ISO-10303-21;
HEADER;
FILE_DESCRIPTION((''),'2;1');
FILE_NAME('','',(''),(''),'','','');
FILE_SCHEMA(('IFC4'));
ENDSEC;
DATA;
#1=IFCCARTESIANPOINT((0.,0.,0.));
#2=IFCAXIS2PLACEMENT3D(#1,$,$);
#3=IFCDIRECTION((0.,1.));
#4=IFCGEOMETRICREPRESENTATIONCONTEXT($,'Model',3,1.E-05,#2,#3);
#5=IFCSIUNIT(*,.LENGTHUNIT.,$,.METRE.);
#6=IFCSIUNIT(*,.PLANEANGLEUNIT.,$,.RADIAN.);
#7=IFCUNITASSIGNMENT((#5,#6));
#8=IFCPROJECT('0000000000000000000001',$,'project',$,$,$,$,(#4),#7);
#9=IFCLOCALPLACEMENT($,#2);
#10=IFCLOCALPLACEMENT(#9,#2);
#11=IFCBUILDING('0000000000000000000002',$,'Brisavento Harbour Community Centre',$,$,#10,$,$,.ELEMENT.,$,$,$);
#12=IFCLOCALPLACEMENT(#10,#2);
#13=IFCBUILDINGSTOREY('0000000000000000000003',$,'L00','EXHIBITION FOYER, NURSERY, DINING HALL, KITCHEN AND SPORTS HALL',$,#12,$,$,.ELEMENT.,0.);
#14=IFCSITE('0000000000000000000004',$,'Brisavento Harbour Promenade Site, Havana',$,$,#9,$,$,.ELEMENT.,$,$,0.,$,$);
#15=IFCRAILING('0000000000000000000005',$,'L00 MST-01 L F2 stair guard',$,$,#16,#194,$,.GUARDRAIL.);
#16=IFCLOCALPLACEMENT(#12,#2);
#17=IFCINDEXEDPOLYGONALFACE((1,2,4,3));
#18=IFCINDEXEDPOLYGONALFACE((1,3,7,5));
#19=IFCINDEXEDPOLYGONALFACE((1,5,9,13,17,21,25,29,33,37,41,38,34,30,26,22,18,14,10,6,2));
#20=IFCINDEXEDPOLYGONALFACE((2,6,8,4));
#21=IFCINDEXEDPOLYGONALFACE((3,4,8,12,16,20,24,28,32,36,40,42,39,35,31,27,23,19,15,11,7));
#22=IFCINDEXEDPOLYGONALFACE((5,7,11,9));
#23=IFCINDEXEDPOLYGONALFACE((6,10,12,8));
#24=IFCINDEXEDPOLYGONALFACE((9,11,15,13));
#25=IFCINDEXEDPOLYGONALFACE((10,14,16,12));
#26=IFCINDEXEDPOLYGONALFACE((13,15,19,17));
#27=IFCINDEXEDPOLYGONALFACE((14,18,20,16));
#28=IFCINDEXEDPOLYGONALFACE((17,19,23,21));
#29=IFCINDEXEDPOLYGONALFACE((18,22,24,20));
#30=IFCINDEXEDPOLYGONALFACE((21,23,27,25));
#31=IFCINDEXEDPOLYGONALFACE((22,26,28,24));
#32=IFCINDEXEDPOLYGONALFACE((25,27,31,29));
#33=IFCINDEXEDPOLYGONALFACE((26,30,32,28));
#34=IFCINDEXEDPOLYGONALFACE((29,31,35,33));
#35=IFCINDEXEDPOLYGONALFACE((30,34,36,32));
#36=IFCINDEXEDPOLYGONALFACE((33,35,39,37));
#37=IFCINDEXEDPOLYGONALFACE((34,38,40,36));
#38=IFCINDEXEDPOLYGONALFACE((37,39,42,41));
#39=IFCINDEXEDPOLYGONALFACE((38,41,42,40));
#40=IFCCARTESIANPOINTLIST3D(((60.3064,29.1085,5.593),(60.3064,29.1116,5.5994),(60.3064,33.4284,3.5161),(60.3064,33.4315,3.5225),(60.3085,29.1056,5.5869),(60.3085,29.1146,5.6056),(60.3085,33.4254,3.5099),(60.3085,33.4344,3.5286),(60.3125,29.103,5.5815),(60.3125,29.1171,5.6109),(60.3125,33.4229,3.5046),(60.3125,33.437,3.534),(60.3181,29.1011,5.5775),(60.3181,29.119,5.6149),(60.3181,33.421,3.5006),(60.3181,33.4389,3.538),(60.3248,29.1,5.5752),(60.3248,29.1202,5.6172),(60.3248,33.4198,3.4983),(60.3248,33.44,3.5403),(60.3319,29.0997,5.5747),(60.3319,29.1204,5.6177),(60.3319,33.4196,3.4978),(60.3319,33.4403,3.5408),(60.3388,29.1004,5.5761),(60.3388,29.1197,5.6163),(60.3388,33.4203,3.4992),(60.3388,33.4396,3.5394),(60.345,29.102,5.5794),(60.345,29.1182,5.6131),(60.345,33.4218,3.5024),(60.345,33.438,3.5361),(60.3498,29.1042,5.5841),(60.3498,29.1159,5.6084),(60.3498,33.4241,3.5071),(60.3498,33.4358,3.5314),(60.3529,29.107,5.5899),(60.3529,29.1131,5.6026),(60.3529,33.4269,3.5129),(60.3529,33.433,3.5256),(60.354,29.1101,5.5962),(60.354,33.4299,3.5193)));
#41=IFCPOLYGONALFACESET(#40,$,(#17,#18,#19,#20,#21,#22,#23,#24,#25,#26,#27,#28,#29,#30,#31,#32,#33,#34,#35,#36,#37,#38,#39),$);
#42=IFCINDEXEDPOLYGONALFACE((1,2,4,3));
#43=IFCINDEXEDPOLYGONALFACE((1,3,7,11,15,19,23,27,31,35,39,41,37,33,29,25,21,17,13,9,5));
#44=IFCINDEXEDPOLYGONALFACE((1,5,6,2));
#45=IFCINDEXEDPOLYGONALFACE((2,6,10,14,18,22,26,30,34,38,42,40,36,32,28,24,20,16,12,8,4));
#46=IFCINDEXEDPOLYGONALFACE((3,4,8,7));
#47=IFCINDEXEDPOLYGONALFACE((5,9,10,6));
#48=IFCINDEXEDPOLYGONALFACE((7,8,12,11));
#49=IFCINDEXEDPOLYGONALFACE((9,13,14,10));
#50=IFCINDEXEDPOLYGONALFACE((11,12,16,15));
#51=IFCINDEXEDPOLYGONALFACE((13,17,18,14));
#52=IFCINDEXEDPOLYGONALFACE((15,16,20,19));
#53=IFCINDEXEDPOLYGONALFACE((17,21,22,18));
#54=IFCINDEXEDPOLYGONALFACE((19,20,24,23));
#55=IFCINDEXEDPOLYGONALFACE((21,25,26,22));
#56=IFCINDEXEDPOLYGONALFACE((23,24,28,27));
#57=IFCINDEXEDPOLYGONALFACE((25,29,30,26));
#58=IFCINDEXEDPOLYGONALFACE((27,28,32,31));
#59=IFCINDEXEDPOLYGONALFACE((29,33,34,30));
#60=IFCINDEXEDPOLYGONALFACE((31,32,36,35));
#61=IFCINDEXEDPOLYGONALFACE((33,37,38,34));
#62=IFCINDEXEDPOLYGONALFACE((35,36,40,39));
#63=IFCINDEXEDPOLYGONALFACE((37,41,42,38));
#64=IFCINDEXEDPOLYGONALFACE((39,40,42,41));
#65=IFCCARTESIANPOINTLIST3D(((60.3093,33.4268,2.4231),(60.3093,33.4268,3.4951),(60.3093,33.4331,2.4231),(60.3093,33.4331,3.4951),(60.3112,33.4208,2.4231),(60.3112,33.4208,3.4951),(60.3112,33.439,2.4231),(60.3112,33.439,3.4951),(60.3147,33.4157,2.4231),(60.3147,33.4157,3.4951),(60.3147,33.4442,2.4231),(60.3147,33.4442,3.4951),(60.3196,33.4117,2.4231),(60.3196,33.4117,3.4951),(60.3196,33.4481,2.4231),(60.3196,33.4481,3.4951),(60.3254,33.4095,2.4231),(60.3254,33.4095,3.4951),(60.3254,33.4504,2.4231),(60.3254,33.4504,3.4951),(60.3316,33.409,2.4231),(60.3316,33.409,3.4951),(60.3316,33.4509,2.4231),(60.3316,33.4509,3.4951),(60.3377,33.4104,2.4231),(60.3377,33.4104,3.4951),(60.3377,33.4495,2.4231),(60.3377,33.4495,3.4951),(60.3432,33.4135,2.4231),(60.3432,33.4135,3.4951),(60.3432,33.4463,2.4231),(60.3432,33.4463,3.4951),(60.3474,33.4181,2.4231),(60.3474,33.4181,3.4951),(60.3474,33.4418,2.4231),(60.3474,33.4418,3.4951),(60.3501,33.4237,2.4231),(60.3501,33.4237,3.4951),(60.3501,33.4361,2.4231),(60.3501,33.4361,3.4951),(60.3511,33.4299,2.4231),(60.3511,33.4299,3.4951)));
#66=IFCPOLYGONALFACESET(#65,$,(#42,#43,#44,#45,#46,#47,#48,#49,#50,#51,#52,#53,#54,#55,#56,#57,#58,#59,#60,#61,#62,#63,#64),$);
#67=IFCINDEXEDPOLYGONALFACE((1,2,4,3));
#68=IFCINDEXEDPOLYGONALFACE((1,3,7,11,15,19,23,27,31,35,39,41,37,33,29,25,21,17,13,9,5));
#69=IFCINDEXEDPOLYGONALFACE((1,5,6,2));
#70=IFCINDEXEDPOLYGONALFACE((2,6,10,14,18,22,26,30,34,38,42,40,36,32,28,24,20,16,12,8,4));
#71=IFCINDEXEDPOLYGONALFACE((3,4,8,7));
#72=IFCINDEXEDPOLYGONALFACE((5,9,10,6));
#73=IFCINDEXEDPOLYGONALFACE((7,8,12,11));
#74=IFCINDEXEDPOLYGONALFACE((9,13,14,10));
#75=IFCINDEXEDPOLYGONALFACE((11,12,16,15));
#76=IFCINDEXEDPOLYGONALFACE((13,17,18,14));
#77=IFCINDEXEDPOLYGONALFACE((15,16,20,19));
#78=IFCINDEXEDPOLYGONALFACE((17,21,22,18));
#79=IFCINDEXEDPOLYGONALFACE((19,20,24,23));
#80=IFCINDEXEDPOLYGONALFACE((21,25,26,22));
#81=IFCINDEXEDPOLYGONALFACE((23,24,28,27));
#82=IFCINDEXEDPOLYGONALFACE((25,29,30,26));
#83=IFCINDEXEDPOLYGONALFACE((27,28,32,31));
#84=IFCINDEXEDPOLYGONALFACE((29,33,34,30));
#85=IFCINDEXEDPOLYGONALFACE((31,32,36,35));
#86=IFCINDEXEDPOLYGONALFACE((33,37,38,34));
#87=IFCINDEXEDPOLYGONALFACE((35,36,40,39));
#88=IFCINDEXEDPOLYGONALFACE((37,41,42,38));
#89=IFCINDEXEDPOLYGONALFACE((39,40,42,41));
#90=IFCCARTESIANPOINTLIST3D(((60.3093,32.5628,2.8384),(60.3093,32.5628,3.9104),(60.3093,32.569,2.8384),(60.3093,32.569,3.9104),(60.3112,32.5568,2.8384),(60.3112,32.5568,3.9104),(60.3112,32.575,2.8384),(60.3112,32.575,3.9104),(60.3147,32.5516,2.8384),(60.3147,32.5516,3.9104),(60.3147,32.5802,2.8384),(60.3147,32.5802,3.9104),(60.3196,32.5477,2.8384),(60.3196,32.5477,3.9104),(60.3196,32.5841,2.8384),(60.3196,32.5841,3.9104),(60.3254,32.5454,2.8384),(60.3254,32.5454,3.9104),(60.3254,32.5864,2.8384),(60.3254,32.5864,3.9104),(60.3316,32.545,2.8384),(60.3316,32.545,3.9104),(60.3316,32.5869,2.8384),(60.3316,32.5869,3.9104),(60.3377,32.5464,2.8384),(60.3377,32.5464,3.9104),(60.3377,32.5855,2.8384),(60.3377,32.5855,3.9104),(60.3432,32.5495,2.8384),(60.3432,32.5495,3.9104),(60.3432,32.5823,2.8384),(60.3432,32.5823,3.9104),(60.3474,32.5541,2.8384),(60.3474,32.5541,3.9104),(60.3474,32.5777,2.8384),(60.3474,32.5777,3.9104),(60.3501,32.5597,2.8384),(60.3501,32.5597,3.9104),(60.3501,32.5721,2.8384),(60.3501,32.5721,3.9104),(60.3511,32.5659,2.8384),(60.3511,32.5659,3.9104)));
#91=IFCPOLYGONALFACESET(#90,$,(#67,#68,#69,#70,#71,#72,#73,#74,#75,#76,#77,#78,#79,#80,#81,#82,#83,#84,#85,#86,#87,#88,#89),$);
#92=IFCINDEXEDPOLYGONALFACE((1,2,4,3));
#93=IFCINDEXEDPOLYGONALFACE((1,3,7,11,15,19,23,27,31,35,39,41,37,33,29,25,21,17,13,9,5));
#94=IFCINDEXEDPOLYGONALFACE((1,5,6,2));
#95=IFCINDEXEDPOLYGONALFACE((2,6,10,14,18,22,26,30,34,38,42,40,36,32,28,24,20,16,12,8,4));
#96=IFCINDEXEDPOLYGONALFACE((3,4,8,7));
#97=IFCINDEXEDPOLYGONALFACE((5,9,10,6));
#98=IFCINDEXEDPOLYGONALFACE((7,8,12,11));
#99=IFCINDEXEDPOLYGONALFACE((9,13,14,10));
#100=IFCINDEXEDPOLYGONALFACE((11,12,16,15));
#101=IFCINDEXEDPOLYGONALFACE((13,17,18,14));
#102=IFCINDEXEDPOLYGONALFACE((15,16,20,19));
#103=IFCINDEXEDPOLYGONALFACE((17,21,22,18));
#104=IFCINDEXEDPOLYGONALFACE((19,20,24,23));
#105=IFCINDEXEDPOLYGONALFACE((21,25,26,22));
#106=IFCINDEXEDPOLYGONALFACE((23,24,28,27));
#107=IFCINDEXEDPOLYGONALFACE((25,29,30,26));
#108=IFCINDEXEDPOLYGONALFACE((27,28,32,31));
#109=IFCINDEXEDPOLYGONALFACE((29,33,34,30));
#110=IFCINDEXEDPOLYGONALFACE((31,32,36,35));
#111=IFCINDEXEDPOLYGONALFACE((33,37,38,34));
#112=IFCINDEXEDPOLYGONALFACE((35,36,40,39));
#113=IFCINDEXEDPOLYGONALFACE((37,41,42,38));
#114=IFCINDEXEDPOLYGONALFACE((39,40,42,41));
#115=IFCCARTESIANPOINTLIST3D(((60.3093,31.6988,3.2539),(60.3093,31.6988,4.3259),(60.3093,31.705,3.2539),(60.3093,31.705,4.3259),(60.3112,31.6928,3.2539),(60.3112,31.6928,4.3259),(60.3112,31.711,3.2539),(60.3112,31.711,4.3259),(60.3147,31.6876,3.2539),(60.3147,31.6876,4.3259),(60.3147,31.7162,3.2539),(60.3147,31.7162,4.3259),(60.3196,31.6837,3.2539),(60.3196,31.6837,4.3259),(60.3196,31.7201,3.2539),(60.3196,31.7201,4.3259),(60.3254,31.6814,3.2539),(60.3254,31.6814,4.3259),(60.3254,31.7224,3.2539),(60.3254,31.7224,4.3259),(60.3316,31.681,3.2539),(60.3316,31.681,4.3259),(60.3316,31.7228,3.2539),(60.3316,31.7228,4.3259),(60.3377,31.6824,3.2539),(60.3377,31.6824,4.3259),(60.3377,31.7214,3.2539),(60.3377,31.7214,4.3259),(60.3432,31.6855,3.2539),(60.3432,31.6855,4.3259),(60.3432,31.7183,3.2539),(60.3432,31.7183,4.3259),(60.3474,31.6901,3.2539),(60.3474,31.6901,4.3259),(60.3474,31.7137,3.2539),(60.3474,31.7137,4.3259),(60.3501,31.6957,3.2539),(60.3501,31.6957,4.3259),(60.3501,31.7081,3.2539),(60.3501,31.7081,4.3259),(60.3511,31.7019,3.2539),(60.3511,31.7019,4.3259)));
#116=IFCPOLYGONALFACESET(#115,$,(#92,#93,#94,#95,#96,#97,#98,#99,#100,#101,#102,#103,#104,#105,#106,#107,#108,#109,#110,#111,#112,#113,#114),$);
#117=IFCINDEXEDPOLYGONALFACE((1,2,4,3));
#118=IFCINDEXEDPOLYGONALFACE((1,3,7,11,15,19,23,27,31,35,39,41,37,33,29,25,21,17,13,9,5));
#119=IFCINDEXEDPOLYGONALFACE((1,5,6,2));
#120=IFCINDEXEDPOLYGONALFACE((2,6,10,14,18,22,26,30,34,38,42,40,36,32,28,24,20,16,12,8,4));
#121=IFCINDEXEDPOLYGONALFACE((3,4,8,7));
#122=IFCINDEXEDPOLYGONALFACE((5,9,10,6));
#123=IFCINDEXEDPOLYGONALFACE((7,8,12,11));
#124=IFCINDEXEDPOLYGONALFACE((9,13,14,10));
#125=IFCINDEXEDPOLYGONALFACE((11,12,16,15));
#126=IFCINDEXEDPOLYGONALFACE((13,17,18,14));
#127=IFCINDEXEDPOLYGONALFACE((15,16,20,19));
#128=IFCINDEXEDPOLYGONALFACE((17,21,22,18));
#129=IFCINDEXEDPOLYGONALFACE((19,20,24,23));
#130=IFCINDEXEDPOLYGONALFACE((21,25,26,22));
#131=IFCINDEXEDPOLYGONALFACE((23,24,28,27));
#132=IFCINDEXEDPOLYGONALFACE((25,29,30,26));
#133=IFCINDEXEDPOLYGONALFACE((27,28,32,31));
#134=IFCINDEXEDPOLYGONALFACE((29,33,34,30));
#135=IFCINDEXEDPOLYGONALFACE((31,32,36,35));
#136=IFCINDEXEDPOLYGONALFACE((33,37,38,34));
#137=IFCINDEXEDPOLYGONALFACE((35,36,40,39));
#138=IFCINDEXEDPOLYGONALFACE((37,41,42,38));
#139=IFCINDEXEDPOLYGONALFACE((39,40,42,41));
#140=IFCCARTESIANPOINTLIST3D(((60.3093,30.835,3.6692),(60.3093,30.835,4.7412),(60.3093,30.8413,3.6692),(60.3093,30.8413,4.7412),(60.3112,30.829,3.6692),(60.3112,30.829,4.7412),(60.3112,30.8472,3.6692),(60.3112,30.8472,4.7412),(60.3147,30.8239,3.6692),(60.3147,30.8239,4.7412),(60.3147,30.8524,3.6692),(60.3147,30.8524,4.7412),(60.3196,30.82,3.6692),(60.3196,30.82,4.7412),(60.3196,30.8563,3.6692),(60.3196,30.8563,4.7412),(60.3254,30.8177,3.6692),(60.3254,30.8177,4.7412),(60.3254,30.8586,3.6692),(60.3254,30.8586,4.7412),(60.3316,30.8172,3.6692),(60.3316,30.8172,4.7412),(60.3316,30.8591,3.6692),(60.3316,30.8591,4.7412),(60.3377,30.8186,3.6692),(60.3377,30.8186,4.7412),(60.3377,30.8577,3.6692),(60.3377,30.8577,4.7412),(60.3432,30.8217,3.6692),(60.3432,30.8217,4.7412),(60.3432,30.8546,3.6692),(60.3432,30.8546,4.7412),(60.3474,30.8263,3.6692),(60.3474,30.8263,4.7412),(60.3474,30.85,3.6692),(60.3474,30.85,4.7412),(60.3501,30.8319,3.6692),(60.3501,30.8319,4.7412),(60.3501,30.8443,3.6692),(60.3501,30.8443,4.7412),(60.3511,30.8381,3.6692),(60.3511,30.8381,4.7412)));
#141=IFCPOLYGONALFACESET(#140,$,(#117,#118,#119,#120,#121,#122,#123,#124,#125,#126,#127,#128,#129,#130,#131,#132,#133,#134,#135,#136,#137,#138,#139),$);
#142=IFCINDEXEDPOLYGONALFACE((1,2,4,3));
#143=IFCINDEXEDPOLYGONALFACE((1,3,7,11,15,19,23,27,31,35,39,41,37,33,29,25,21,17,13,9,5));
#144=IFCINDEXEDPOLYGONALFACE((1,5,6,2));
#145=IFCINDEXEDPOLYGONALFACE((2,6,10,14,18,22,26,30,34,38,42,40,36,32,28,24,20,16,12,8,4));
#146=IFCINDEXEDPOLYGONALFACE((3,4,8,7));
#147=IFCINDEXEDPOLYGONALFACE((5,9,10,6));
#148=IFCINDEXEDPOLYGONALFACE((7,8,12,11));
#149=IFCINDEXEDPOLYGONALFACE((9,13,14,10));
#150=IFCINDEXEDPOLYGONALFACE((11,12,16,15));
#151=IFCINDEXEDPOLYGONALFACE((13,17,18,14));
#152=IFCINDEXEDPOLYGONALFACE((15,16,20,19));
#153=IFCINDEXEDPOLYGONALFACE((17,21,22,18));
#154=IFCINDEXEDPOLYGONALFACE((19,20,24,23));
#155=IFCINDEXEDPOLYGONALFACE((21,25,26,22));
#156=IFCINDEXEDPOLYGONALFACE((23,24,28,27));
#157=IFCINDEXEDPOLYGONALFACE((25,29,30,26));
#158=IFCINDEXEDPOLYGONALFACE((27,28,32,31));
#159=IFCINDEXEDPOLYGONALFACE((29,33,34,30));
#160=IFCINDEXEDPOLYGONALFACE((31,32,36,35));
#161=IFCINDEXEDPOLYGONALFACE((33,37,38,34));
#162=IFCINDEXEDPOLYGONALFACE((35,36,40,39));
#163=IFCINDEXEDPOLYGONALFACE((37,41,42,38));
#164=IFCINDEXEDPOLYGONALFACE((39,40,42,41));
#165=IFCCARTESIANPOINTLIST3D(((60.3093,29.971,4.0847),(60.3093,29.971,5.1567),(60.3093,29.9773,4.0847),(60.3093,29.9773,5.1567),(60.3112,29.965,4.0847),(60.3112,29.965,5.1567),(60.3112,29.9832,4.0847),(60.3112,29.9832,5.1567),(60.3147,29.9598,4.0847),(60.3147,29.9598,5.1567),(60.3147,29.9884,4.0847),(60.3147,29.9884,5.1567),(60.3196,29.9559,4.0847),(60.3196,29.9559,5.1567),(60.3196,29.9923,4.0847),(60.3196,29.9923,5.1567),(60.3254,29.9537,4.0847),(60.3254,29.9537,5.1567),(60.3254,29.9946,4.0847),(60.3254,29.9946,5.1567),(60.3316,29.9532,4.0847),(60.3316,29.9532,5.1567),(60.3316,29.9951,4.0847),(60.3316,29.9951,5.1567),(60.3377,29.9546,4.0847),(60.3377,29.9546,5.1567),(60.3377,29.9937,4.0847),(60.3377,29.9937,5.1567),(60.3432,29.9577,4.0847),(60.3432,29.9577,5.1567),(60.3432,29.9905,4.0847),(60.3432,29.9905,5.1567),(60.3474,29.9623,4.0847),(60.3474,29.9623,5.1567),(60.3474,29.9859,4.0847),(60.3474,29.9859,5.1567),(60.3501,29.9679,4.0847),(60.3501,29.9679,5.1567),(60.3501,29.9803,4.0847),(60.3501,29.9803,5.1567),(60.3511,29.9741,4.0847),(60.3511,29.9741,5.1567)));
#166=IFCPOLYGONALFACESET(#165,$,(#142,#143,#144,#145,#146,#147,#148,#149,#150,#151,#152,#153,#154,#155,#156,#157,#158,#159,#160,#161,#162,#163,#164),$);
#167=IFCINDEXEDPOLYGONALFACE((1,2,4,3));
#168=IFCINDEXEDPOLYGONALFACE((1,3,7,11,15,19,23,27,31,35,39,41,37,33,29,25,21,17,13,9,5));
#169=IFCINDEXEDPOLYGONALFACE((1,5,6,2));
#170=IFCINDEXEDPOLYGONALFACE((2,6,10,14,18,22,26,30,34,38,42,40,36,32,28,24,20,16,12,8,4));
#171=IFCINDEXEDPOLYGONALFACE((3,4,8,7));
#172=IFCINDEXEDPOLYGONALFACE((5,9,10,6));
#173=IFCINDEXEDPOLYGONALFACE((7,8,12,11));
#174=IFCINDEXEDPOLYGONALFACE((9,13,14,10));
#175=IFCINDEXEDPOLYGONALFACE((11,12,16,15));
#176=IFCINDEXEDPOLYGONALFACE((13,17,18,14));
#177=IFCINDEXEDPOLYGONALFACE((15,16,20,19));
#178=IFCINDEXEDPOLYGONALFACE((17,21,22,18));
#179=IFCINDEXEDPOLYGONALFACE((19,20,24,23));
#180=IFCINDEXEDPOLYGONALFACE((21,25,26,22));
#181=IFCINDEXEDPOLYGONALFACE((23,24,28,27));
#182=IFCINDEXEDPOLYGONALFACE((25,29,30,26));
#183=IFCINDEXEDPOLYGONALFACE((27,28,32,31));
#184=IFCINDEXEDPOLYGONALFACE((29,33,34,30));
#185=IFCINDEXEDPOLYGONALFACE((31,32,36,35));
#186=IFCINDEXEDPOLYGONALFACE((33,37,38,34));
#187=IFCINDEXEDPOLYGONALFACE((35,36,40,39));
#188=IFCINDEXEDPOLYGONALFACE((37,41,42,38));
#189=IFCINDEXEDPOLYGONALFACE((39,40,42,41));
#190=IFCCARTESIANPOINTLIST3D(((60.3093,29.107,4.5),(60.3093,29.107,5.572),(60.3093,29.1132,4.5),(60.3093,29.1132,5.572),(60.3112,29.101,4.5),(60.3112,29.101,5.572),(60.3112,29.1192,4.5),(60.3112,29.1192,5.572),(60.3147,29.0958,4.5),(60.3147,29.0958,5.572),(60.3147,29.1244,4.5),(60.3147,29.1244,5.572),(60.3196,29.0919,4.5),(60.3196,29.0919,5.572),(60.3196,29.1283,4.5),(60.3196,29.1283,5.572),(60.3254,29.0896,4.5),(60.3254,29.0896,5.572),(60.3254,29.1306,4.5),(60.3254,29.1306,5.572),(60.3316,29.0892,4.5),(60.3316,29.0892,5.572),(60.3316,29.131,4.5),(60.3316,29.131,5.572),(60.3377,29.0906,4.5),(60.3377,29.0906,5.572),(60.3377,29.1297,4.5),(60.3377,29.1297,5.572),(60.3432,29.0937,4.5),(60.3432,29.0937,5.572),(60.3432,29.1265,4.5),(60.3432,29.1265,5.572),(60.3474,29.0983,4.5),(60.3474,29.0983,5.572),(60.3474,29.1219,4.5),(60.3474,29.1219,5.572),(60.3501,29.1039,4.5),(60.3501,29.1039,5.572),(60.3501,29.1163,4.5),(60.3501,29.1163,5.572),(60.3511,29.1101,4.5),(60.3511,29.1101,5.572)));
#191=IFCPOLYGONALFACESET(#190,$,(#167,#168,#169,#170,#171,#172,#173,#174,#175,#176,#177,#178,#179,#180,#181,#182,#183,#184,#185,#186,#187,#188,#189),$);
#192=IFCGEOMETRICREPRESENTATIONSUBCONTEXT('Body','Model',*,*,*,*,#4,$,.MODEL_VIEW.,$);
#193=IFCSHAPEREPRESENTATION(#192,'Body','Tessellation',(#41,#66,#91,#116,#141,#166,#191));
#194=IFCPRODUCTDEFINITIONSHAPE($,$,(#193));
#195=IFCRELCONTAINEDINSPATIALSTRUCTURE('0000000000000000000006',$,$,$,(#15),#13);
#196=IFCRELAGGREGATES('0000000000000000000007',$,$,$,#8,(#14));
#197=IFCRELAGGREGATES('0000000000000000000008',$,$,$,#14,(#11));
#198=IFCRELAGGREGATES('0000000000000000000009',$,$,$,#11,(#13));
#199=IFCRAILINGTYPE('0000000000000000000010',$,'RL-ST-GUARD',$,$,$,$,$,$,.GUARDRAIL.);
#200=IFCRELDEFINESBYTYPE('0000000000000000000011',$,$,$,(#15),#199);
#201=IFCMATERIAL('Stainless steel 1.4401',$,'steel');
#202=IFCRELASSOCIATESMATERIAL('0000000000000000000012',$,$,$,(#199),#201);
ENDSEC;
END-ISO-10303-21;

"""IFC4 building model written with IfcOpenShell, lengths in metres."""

from ifc_helpers import new_model, si_unit, direction, frame, origin, origin_2d, place, context, subcontext, project, spatial, circle, extrude, material, type_object, element, save


model = new_model("IFC4")

# Units and contexts
model_context = context("Model", 3, precision=1e-05, world=origin(), true_north=direction((0.0, 1.0)))
body_context = subcontext(model_context, "Body", "Model", "MODEL_VIEW")
ifc_project = project(units=[si_unit("LENGTHUNIT", "METRE"), si_unit("PLANEANGLEUNIT", "RADIAN")], contexts=[model_context])

# Site, building, storey
site_placement = place(None, origin())
site = spatial("IfcSite", under=ifc_project, at=site_placement, Name="Brisavento Harbour Promenade Site, Havana", CompositionType="ELEMENT", RefElevation=0.0)
building_placement = place(site_placement, origin())
building = spatial("IfcBuilding", under=site, at=building_placement, Name="Brisavento Harbour Community Centre", CompositionType="ELEMENT")
storey_placement = place(building_placement, origin())
storey = spatial("IfcBuildingStorey", under=building, at=storey_placement, Name="L00", Description="EXHIBITION FOYER, NURSERY, DINING HALL, KITCHEN AND SPORTS HALL", CompositionType="ELEMENT", Elevation=0.0)

# Railing
ifc_material_1 = material(Name="Stainless steel 1.4401", Category="steel")
railing_type = type_object("IfcRailingType", Name="RL-ST-GUARD", PredefinedType="GUARDRAIL", material=ifc_material_1)
railing_1_placement = place(storey_placement, frame((60.3301, 33.4299, 2.4231)))
element("IfcRailing", 1, at=railing_1_placement, inside=storey, type_object=railing_type, Name="L00 MST-01 L F2 stair guard", PredefinedType="GUARDRAIL", context=body_context, shape_type="SweptSolid", body=[
    extrude(circle(Radius=0.0239, at=origin_2d()), frame((0.0, 0.0, 1.0962), z_axis=(0.0, -0.901247, 0.433306), x_axis=(1.0, 0.0, 0.0)), (0.0, 0.0, 1.0), 4.7932),
    extrude(circle(Radius=0.021, at=origin_2d()), origin(), (0.0, 0.0, 1.0), 1.072),
    extrude(circle(Radius=0.021, at=origin_2d()), frame((0.0, -0.864, 0.4153)), (0.0, 0.0, 1.0), 1.072),
    extrude(circle(Radius=0.021, at=origin_2d()), frame((0.0, -1.728, 0.8308)), (0.0, 0.0, 1.0), 1.072),
    extrude(circle(Radius=0.021, at=origin_2d()), frame((0.0, -2.5918, 1.2461)), (0.0, 0.0, 1.0), 1.072),
    extrude(circle(Radius=0.021, at=origin_2d()), frame((0.0, -3.4558, 1.6616)), (0.0, 0.0, 1.0), 1.072),
    extrude(circle(Radius=0.021, at=origin_2d()), frame((0.0, -4.3198, 2.0769)), (0.0, 0.0, 1.0), 1.072),
])

save(model, "model.ifc")
